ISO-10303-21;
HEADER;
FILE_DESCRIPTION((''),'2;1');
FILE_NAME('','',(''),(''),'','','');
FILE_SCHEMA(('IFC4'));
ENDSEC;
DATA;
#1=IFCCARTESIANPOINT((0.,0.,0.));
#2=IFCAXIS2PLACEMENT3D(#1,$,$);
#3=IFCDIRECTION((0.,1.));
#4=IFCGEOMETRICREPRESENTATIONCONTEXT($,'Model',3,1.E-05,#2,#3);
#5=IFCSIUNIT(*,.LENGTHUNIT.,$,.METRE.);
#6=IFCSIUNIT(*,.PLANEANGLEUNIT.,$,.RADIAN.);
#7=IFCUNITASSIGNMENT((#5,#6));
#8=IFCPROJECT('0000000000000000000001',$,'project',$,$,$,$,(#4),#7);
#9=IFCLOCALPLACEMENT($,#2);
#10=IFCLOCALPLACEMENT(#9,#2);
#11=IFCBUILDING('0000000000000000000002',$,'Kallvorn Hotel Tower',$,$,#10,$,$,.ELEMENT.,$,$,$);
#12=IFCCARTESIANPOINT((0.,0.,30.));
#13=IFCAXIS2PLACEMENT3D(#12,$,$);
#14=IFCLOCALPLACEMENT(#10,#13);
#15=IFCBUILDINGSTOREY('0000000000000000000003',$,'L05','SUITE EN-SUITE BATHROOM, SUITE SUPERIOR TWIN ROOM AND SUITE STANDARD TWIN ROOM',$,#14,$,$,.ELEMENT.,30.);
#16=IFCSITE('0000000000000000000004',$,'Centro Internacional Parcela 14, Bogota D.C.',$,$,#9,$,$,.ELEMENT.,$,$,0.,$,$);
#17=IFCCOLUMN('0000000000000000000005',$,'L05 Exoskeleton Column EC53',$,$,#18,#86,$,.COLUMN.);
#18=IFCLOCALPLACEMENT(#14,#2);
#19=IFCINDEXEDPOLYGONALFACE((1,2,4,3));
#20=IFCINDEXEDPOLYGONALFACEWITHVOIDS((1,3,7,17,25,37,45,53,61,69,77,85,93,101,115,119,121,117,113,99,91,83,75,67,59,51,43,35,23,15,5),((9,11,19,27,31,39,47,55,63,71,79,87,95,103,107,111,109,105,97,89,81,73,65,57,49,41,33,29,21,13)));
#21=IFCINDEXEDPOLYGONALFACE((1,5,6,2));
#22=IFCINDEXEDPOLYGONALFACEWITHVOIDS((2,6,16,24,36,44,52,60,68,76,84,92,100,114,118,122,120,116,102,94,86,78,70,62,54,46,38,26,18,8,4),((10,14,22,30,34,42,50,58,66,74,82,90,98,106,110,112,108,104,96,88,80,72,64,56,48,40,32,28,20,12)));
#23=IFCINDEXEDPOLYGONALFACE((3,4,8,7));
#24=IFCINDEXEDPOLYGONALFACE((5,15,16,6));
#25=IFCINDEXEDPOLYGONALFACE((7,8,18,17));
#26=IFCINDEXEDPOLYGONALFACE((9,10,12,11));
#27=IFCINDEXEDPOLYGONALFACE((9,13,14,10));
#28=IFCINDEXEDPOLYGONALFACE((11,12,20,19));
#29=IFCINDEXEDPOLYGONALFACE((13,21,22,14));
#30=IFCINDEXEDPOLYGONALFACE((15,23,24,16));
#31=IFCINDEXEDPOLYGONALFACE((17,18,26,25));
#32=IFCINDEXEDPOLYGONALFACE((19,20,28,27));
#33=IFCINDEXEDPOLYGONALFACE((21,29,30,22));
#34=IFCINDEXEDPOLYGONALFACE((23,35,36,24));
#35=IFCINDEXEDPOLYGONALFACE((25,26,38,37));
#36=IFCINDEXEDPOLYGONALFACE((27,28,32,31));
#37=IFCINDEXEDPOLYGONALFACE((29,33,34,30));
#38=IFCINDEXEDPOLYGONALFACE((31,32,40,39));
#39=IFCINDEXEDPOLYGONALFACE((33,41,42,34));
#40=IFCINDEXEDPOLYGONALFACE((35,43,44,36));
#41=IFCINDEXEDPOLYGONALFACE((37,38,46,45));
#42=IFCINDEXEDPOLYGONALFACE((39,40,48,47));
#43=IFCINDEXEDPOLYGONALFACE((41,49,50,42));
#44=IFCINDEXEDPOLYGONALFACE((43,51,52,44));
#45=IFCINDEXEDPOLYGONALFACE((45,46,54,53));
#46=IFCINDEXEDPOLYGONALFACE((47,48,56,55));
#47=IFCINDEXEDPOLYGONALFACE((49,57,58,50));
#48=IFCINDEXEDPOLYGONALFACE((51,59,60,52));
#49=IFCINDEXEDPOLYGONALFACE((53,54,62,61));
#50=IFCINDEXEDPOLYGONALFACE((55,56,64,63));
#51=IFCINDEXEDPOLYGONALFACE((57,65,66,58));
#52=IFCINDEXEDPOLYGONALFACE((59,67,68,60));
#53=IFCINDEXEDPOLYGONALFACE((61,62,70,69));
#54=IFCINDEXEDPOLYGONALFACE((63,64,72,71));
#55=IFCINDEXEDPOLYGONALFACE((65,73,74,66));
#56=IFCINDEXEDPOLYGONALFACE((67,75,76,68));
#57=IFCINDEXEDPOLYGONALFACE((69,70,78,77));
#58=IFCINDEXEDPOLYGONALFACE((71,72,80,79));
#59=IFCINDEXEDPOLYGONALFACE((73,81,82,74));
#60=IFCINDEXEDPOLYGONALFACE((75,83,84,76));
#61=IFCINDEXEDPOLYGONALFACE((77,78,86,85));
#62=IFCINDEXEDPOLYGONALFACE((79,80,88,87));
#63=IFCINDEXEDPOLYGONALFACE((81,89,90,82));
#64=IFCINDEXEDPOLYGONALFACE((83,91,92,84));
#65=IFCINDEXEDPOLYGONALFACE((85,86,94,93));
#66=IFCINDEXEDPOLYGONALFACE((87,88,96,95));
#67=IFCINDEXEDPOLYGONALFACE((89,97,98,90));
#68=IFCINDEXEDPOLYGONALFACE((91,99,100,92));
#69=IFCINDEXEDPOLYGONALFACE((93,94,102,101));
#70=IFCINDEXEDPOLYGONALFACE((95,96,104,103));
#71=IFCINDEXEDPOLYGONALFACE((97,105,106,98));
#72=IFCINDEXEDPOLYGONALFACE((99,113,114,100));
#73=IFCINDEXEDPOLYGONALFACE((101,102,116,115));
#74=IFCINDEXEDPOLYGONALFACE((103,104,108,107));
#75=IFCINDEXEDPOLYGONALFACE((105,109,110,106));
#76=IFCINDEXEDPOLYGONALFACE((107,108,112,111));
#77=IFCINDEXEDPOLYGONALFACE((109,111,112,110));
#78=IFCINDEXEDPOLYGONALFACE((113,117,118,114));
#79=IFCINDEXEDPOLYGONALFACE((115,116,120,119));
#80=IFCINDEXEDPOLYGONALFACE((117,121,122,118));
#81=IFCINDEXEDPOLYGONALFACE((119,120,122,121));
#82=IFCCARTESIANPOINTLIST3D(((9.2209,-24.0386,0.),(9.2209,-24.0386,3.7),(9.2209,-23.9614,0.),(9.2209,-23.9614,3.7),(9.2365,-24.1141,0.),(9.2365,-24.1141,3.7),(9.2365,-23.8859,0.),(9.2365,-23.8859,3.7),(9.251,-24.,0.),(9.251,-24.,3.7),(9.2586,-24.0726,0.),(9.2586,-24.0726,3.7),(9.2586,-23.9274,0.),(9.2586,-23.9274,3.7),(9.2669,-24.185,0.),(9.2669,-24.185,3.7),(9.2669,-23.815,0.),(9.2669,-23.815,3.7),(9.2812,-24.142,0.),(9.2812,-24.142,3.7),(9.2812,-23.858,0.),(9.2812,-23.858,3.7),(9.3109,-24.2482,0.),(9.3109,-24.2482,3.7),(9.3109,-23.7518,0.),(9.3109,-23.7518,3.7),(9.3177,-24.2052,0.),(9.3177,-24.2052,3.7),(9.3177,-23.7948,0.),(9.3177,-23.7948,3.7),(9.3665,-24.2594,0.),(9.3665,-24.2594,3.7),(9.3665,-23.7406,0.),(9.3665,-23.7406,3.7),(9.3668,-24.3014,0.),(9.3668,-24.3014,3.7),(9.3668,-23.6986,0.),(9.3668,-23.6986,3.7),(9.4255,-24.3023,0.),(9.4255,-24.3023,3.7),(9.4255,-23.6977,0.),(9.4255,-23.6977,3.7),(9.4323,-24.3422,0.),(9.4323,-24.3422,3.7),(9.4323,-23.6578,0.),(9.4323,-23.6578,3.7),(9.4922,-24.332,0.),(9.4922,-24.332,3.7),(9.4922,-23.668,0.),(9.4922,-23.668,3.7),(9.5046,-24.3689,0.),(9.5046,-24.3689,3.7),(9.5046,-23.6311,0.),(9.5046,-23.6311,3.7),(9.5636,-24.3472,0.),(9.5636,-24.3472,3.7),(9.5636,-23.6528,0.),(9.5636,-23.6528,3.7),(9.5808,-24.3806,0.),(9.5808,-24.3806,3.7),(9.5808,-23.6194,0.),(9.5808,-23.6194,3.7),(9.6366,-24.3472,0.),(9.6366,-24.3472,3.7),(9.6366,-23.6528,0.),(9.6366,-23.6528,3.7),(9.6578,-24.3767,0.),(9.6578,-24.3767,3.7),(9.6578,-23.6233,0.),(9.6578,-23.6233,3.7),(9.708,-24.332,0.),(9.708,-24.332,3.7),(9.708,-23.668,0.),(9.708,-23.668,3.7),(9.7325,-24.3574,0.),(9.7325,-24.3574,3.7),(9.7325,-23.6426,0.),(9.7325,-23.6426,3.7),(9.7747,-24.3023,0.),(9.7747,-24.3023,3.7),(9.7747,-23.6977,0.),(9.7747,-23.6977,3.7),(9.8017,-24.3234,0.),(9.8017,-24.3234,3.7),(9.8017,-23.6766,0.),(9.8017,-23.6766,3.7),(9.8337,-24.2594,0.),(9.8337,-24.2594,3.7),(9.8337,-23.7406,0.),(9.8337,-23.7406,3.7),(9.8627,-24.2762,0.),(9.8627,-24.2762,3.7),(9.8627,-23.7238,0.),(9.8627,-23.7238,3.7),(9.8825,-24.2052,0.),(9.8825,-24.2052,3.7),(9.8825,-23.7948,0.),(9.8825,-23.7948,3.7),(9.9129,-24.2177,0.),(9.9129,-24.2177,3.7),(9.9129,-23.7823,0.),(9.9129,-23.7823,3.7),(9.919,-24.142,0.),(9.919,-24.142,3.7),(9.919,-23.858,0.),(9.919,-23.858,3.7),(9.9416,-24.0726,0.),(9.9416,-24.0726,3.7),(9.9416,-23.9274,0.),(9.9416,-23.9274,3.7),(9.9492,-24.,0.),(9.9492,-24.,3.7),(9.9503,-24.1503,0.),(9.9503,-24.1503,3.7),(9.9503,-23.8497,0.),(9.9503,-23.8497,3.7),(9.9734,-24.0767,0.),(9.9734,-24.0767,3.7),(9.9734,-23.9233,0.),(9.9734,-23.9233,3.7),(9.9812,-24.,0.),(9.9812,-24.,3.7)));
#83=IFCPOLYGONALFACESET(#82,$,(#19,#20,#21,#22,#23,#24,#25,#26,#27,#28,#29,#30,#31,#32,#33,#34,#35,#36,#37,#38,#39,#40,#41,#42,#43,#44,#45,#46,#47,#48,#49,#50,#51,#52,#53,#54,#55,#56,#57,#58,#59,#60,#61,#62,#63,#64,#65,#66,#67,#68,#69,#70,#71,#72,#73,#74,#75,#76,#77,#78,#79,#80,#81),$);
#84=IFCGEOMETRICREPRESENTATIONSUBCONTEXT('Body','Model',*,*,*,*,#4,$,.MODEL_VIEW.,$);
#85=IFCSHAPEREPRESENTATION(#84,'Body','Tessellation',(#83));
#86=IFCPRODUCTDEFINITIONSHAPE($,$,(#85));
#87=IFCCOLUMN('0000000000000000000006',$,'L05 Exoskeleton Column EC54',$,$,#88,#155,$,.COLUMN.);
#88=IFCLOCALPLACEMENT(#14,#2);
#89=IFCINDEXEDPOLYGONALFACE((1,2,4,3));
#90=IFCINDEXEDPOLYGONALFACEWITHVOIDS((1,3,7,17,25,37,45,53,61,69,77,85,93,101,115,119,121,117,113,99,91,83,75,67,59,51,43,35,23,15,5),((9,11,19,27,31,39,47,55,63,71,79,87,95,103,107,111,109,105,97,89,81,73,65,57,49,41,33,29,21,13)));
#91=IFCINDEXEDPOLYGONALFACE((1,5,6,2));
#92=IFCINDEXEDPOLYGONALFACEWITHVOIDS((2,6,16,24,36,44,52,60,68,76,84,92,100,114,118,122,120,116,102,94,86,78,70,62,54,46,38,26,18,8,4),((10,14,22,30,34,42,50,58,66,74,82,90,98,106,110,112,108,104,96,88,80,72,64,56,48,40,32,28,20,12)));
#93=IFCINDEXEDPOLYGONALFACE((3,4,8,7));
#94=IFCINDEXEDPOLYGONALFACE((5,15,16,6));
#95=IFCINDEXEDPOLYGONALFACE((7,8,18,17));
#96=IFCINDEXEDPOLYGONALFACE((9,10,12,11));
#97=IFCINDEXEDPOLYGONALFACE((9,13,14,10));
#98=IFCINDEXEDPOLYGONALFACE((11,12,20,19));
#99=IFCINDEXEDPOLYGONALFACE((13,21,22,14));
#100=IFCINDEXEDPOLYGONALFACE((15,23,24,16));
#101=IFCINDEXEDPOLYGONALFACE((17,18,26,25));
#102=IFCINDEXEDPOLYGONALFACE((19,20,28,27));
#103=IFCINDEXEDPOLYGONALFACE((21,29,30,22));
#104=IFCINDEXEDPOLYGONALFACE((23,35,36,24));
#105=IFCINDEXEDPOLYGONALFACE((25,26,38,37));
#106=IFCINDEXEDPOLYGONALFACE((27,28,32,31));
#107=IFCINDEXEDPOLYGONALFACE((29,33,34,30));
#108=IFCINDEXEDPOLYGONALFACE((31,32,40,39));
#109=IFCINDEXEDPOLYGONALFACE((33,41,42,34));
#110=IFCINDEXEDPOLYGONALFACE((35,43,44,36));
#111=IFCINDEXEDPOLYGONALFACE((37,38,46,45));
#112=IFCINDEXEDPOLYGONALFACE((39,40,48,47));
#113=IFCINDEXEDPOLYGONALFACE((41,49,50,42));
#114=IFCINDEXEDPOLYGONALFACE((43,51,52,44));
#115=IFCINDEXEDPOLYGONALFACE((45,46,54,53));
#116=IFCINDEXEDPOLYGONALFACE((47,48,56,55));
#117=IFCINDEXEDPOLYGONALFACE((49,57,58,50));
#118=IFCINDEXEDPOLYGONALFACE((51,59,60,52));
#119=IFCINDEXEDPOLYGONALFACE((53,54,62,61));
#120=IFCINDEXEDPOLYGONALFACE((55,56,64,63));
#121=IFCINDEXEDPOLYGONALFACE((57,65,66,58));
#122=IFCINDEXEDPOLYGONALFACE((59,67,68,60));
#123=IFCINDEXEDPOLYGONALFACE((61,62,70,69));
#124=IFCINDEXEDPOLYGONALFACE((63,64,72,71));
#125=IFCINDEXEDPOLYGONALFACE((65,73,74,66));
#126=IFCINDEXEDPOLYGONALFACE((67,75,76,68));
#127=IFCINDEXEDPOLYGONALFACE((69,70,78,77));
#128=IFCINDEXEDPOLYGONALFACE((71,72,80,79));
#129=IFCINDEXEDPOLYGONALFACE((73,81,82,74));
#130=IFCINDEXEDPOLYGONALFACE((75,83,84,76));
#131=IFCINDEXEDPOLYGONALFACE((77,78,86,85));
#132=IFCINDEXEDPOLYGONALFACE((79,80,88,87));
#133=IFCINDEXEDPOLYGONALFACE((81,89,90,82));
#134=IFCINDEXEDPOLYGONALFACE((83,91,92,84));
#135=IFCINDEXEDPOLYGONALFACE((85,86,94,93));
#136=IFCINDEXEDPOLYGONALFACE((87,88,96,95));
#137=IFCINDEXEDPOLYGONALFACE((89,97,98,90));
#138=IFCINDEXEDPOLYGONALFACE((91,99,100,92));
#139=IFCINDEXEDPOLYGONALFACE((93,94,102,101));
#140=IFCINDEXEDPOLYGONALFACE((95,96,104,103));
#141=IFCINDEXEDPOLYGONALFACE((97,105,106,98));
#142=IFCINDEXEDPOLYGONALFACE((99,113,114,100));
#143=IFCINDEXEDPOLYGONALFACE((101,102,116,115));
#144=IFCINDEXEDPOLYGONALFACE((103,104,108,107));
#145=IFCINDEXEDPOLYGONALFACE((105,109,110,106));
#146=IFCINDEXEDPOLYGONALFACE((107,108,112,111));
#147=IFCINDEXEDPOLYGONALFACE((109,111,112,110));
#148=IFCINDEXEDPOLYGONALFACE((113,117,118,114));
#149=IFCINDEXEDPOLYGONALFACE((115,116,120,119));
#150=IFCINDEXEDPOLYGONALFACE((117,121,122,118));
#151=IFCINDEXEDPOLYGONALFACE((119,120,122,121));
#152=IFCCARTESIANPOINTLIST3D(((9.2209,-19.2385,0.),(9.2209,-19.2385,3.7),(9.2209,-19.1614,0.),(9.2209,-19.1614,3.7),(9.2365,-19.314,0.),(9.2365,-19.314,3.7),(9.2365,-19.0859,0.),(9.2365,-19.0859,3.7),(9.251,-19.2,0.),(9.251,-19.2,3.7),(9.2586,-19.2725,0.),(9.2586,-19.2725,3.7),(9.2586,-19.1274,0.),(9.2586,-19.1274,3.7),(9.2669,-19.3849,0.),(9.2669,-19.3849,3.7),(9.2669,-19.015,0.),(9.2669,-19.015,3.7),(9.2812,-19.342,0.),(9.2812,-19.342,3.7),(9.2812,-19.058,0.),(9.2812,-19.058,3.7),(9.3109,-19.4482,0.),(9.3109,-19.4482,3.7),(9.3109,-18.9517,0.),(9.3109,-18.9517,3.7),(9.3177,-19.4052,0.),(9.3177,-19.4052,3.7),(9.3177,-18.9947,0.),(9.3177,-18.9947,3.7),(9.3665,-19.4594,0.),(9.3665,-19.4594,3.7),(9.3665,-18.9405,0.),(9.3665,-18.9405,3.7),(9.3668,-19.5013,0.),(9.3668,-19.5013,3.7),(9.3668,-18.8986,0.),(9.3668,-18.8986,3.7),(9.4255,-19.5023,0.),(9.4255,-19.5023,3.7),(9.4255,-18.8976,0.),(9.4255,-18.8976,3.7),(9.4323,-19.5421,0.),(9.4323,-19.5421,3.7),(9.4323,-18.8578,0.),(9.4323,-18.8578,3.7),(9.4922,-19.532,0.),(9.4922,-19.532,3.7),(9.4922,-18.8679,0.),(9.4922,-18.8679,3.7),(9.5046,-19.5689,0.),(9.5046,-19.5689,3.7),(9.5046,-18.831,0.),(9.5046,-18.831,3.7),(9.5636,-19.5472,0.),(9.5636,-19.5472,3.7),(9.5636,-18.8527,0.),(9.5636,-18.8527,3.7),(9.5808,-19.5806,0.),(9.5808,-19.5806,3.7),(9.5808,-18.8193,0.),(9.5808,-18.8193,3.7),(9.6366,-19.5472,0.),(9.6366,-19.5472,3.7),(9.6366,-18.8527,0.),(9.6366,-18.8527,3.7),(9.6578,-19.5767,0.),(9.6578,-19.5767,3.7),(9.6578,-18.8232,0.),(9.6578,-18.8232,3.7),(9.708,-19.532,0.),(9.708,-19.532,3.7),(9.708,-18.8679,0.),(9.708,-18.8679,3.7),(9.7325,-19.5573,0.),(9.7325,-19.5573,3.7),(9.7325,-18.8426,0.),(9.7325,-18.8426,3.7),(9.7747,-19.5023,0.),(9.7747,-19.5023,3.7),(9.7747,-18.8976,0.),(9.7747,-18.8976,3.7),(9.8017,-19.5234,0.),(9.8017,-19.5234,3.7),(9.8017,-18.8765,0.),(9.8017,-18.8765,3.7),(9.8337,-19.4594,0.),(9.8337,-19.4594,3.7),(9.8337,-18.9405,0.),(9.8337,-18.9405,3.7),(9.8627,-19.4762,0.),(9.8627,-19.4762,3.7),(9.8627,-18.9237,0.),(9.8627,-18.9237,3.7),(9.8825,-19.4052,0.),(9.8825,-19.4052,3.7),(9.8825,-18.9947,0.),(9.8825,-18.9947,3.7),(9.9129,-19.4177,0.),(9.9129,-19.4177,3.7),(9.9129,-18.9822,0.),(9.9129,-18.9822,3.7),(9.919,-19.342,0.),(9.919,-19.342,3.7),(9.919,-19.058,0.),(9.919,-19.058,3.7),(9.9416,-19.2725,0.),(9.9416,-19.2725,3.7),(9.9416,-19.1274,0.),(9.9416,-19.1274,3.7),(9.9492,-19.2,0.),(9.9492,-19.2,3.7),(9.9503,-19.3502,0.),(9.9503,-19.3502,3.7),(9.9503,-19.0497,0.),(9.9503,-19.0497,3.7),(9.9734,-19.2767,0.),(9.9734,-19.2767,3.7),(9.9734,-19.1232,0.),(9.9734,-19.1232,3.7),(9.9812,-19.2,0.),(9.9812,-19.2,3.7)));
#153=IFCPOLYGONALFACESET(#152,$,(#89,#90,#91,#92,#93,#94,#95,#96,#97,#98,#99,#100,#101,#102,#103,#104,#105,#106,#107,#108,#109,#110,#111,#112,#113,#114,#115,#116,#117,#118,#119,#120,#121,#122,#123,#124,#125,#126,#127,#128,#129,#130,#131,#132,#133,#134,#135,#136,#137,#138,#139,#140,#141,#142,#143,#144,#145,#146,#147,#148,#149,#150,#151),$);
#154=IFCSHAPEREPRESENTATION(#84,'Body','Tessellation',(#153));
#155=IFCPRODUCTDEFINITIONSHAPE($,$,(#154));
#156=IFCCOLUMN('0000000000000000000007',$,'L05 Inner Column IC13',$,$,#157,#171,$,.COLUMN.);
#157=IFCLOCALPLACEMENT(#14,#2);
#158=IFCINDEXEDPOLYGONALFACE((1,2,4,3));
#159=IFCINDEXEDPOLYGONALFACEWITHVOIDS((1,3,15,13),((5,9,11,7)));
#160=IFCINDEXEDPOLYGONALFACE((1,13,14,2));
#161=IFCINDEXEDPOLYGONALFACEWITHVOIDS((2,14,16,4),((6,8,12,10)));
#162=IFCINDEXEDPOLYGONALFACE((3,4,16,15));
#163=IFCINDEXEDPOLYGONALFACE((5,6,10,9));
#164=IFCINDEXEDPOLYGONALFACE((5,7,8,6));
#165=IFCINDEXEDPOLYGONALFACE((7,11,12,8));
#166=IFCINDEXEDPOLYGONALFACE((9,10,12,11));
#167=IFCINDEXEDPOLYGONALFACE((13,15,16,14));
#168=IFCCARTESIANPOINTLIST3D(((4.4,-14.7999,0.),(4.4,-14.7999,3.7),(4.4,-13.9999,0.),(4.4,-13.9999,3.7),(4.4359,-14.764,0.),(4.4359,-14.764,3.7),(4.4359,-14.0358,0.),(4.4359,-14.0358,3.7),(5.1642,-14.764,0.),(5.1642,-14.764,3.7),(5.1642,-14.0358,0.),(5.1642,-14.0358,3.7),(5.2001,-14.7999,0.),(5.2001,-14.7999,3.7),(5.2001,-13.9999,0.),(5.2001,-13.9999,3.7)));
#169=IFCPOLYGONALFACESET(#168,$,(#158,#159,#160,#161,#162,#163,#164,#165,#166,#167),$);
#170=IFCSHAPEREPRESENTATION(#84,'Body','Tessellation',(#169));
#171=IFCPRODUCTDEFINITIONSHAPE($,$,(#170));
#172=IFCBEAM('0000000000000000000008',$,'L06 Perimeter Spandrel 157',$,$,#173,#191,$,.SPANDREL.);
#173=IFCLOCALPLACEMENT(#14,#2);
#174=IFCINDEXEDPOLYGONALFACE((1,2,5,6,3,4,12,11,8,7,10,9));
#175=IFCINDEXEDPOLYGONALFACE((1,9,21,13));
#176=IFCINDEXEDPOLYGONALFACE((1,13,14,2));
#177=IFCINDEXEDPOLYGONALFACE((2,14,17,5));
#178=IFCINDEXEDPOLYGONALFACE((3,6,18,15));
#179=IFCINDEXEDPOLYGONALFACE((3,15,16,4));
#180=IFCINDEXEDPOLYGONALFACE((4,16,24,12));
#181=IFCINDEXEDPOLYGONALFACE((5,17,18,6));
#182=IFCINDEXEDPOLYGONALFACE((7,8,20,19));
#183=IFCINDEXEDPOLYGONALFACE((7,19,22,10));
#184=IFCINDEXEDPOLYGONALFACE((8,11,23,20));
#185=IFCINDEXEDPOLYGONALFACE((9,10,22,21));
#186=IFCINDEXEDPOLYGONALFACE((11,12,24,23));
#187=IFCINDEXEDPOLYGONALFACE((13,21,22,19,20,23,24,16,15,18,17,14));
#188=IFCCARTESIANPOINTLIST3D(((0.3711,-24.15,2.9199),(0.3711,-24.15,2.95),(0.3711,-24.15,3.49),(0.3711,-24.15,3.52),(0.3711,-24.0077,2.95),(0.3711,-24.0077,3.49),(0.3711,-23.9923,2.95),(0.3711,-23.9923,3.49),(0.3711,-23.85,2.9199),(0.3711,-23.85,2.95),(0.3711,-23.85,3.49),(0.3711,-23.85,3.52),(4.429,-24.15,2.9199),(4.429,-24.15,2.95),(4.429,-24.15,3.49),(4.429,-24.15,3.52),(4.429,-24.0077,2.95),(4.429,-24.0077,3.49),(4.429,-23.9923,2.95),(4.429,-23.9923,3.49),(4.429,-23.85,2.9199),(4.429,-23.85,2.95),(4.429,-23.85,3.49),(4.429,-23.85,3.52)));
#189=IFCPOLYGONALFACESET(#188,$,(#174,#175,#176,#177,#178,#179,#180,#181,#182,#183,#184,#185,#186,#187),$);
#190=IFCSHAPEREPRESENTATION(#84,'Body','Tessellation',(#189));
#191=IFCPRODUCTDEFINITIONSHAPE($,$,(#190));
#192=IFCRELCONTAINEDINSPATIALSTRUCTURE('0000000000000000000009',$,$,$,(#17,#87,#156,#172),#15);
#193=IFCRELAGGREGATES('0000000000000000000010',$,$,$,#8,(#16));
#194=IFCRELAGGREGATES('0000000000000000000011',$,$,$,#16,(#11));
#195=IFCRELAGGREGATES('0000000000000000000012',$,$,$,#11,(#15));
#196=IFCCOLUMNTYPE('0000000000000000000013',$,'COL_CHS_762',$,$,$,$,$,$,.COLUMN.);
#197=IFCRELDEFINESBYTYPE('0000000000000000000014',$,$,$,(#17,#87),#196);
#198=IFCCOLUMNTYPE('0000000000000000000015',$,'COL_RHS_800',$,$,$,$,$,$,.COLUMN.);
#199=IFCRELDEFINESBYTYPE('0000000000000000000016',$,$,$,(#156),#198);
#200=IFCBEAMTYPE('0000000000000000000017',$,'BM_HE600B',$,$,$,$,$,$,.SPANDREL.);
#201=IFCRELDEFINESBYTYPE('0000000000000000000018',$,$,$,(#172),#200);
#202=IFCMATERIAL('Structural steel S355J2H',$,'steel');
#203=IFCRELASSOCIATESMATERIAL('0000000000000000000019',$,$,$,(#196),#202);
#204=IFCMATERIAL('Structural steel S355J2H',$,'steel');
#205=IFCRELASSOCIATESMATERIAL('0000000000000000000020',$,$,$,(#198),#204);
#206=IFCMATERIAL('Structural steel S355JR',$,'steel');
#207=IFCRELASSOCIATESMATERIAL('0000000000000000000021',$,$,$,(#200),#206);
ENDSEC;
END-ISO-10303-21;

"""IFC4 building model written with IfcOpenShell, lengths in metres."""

from ifc_helpers import new_model, si_unit, direction, frame, origin, origin_2d, place, context, subcontext, project, spatial, hollow_rectangle, hollow_circle, i_section, extrude, material, material_profile, profile_set, type_object, element, save


model = new_model("IFC4")

# Units and contexts
model_context = context("Model", 3, precision=1e-05, world=origin(), true_north=direction((0.0, 1.0)))
body_context = subcontext(model_context, "Body", "Model", "MODEL_VIEW")
ifc_project = project(units=[si_unit("LENGTHUNIT", "METRE"), si_unit("PLANEANGLEUNIT", "RADIAN")], contexts=[model_context])

# Site, building, storey
site_placement = place(None, origin())
site = spatial("IfcSite", under=ifc_project, at=site_placement, Name="Centro Internacional Parcela 14, Bogota D.C.", CompositionType="ELEMENT", RefElevation=0.0)
building_placement = place(site_placement, origin())
building = spatial("IfcBuilding", under=site, at=building_placement, Name="Kallvorn Hotel Tower", CompositionType="ELEMENT")
storey_placement = place(building_placement, frame((0.0, 0.0, 30.0)))
storey = spatial("IfcBuildingStorey", under=building, at=storey_placement, Name="L05", Description="SUITE EN-SUITE BATHROOM, SUITE SUPERIOR TWIN ROOM AND SUITE STANDARD TWIN ROOM", CompositionType="ELEMENT", Elevation=30.0)

# Columns
ifc_material_1 = material(Name="Structural steel S355J2H", Category="steel")
ifc_material_profile_1 = material_profile(ifc_material_1, hollow_circle(Radius=0.3811, WallThickness=0.032, at=origin_2d()), Name="CHS 762x32")
ifc_profile_set_1 = profile_set([ifc_material_profile_1], Name="Structural steel S355J2H")
column_type_1 = type_object("IfcColumnType", Name="COL_CHS_762", PredefinedType="COLUMN", material=ifc_profile_set_1)
for number, where, z_axis, x_axis, name in (
    (1, (9.6001, -24.0, 0.0), (0.0, 0.0, 1.0), (1.0, 0.0, 0.0), "L05 Exoskeleton Column EC53"),
    (2, (9.6001, -19.2, 0.0), (0.0, 0.0, 1.0), (1.0, 0.0, 0.0), "L05 Exoskeleton Column EC54"),
):
    element("IfcColumn", number, at=place(storey_placement, frame(where, z_axis=z_axis, x_axis=x_axis)), inside=storey, type_object=column_type_1, Name=name, PredefinedType="COLUMN", context=body_context, shape_type="SweptSolid", body=[
        extrude(hollow_circle(Radius=0.3811, WallThickness=0.032, at=origin_2d()), origin(), (0.0, 0.0, 1.0), 3.7),
    ])
ifc_material_2 = material(Name="Structural steel S355J2H", Category="steel")
ifc_material_profile_2 = material_profile(ifc_material_2, hollow_rectangle(XDim=0.8, YDim=0.8, WallThickness=0.0359, at=origin_2d()), Name="RHS 800x800x36")
ifc_profile_set_2 = profile_set([ifc_material_profile_2], Name="Structural steel S355J2H")
column_type_2 = type_object("IfcColumnType", Name="COL_RHS_800", PredefinedType="COLUMN", material=ifc_profile_set_2)
column_placement = place(storey_placement, frame((4.8, -14.3999, 0.0), z_axis=(0.0, 0.0, 1.0), x_axis=(1.0, 0.0, 0.0)))
element("IfcColumn", 3, at=column_placement, inside=storey, type_object=column_type_2, Name="L05 Inner Column IC13", PredefinedType="COLUMN", context=body_context, shape_type="SweptSolid", body=[
    extrude(hollow_rectangle(XDim=0.8, YDim=0.8, WallThickness=0.0359, at=origin_2d()), origin(), (0.0, 0.0, 1.0), 3.7),
])

# Beam
ifc_material_3 = material(Name="Structural steel S355JR", Category="steel")
ifc_material_profile_3 = material_profile(ifc_material_3, i_section(OverallWidth=0.3, OverallDepth=0.6001, WebThickness=0.0154, FlangeThickness=0.03, at=origin_2d()), Name="HE 600 B")
ifc_profile_set_3 = profile_set([ifc_material_profile_3], Name="Structural steel S355JR")
beam_type_1 = type_object("IfcBeamType", Name="BM_HE600B", PredefinedType="SPANDREL", material=ifc_profile_set_3)
beam_1_placement = place(storey_placement, frame((0.3711, -24.0, 3.22), z_axis=(1.0, 0.0, 0.0), x_axis=(0.0, 1.0, 0.0)))
element("IfcBeam", 4, at=beam_1_placement, inside=storey, type_object=beam_type_1, Name="L06 Perimeter Spandrel 157", PredefinedType="SPANDREL", context=body_context, shape_type="SweptSolid", body=[
    extrude(i_section(OverallWidth=0.3, OverallDepth=0.6001, WebThickness=0.0154, FlangeThickness=0.03, at=origin_2d()), origin(), (0.0, 0.0, 1.0), 4.0579),
])

save(model, "model.ifc")
